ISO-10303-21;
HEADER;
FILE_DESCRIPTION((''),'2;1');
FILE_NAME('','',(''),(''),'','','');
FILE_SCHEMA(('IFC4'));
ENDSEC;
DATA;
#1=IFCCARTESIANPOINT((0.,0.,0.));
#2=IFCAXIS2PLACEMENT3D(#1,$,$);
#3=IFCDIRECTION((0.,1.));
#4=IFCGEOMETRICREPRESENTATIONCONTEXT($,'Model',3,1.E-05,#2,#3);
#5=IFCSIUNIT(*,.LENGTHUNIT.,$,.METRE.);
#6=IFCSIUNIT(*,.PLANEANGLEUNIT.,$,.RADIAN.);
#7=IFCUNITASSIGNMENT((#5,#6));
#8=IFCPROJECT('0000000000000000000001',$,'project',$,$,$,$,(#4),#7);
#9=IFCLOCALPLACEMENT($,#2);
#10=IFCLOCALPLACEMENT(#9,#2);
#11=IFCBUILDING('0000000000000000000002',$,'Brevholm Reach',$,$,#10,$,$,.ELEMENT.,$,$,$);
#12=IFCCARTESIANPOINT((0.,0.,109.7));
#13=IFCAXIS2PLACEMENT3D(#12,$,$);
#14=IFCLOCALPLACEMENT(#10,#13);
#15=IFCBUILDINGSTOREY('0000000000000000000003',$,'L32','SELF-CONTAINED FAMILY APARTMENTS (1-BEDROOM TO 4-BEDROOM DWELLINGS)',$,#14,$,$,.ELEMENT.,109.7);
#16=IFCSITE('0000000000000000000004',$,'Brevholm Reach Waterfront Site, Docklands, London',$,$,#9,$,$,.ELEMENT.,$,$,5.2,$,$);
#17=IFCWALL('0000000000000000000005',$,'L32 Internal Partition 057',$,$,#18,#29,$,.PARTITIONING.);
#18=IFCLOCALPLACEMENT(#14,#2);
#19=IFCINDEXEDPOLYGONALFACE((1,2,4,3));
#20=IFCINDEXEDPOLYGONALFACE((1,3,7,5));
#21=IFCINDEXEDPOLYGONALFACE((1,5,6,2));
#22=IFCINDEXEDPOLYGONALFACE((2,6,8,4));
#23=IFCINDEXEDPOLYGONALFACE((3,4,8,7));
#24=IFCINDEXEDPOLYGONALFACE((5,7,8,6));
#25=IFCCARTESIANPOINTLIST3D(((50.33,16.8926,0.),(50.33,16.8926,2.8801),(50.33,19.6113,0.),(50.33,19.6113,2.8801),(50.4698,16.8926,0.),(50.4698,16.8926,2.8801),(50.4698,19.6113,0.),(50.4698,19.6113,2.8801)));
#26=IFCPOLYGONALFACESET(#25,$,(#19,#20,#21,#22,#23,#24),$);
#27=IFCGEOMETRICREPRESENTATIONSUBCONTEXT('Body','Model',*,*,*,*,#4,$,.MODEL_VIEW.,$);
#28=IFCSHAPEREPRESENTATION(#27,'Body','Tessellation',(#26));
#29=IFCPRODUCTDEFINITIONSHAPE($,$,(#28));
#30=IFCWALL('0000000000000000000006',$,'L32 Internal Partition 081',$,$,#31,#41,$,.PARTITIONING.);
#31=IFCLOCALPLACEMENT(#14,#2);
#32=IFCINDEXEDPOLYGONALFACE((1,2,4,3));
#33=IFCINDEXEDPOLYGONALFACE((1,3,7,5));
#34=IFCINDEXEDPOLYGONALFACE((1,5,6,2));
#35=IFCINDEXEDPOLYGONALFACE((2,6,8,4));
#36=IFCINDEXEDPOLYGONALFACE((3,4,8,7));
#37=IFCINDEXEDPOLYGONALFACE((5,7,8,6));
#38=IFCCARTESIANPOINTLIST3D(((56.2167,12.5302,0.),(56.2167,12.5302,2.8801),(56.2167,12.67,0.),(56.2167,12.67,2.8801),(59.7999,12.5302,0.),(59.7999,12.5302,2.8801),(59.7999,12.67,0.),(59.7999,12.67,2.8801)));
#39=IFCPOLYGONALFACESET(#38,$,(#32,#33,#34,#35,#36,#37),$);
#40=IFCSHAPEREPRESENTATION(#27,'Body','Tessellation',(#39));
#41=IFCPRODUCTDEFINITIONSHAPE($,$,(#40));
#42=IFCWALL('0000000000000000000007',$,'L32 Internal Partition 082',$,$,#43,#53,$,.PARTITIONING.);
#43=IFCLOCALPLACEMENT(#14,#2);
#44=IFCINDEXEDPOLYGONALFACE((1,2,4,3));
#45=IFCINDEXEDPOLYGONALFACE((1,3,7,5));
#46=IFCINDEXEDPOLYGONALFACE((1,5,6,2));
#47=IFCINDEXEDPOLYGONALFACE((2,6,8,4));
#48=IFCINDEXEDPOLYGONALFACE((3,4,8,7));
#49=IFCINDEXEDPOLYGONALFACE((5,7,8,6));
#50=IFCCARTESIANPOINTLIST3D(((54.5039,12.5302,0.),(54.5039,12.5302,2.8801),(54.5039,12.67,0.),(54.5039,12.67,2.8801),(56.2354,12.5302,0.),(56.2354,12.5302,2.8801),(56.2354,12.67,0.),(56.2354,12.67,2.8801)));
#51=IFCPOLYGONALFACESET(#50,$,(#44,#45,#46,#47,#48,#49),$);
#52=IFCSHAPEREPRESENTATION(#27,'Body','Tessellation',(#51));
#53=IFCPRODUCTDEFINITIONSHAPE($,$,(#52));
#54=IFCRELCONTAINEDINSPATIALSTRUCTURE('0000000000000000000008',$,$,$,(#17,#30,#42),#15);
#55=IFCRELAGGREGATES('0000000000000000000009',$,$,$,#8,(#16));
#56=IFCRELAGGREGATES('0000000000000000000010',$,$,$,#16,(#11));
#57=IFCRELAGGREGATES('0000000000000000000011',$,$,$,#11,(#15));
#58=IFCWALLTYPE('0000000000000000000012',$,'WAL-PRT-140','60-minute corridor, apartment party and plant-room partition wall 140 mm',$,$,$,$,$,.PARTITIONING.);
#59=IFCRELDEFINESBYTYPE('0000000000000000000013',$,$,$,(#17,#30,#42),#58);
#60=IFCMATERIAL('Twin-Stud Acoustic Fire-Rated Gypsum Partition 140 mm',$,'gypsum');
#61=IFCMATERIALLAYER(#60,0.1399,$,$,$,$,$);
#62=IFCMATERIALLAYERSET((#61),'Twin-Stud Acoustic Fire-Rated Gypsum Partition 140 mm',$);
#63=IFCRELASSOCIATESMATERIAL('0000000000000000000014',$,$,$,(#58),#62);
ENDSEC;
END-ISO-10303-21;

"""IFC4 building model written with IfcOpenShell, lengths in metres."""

from ifc_helpers import new_model, si_unit, direction, frame, frame_2d, origin, place, context, subcontext, project, spatial, rectangle, extrude, material, layer, layer_set, type_object, element, save


model = new_model("IFC4")

# Units and contexts
model_context = context("Model", 3, precision=1e-05, world=origin(), true_north=direction((0.0, 1.0)))
body_context = subcontext(model_context, "Body", "Model", "MODEL_VIEW")
ifc_project = project(units=[si_unit("LENGTHUNIT", "METRE"), si_unit("PLANEANGLEUNIT", "RADIAN")], contexts=[model_context])

# Site, building, storey
site_placement = place(None, origin())
site = spatial("IfcSite", under=ifc_project, at=site_placement, Name="Brevholm Reach Waterfront Site, Docklands, London", CompositionType="ELEMENT", RefElevation=5.2)
building_placement = place(site_placement, origin())
building = spatial("IfcBuilding", under=site, at=building_placement, Name="Brevholm Reach", CompositionType="ELEMENT")
storey_placement = place(building_placement, frame((0.0, 0.0, 109.7)))
storey = spatial("IfcBuildingStorey", under=building, at=storey_placement, Name="L32", Description="SELF-CONTAINED FAMILY APARTMENTS (1-BEDROOM TO 4-BEDROOM DWELLINGS)", CompositionType="ELEMENT", Elevation=109.7)

# Shared definitions
ifc_material_1 = material(Name="Twin-Stud Acoustic Fire-Rated Gypsum Partition 140 mm", Category="gypsum")
ifc_layer_1 = layer(ifc_material_1, 0.1399)
ifc_layer_set_1 = layer_set([ifc_layer_1], Name="Twin-Stud Acoustic Fire-Rated Gypsum Partition 140 mm")
wall_type_1 = type_object("IfcWallType", Name="WAL-PRT-140", Description="60-minute corridor, apartment party and plant-room partition wall 140 mm", PredefinedType="PARTITIONING", material=ifc_layer_set_1)

# Walls
wall_1_placement = place(storey_placement, frame((50.3999, 16.8926, 0.0), z_axis=(0.0, 0.0, 1.0), x_axis=(0.0, 1.0, 0.0)))
element("IfcWall", 1, at=wall_1_placement, inside=storey, type_object=wall_type_1, Name="L32 Internal Partition 057", PredefinedType="PARTITIONING", context=body_context, shape_type="SweptSolid", body=[
    extrude(rectangle(XDim=2.7188, YDim=0.1399, at=frame_2d((1.3594, 0.0))), origin(), (0.0, 0.0, 1.0), 2.8801),
])
wall_2_placement = place(storey_placement, frame((56.2168, 12.6001, 0.0), z_axis=(0.0, 0.0, 1.0), x_axis=(1.0, 0.0, 0.0)))
element("IfcWall", 2, at=wall_2_placement, inside=storey, type_object=wall_type_1, Name="L32 Internal Partition 081", PredefinedType="PARTITIONING", context=body_context, shape_type="SweptSolid", body=[
    extrude(rectangle(XDim=3.5833, YDim=0.1399, at=frame_2d((1.7915, 0.0))), origin(), (0.0, 0.0, 1.0), 2.8801),
])
wall_3_placement = place(storey_placement, frame((54.5039, 12.6001, 0.0), z_axis=(0.0, 0.0, 1.0), x_axis=(1.0, 0.0, 0.0)))
element("IfcWall", 3, at=wall_3_placement, inside=storey, type_object=wall_type_1, Name="L32 Internal Partition 082", PredefinedType="PARTITIONING", context=body_context, shape_type="SweptSolid", body=[
    extrude(rectangle(XDim=1.7314, YDim=0.1399, at=frame_2d((0.8657, 0.0))), origin(), (0.0, 0.0, 1.0), 2.8801),
])

save(model, "model.ifc")
